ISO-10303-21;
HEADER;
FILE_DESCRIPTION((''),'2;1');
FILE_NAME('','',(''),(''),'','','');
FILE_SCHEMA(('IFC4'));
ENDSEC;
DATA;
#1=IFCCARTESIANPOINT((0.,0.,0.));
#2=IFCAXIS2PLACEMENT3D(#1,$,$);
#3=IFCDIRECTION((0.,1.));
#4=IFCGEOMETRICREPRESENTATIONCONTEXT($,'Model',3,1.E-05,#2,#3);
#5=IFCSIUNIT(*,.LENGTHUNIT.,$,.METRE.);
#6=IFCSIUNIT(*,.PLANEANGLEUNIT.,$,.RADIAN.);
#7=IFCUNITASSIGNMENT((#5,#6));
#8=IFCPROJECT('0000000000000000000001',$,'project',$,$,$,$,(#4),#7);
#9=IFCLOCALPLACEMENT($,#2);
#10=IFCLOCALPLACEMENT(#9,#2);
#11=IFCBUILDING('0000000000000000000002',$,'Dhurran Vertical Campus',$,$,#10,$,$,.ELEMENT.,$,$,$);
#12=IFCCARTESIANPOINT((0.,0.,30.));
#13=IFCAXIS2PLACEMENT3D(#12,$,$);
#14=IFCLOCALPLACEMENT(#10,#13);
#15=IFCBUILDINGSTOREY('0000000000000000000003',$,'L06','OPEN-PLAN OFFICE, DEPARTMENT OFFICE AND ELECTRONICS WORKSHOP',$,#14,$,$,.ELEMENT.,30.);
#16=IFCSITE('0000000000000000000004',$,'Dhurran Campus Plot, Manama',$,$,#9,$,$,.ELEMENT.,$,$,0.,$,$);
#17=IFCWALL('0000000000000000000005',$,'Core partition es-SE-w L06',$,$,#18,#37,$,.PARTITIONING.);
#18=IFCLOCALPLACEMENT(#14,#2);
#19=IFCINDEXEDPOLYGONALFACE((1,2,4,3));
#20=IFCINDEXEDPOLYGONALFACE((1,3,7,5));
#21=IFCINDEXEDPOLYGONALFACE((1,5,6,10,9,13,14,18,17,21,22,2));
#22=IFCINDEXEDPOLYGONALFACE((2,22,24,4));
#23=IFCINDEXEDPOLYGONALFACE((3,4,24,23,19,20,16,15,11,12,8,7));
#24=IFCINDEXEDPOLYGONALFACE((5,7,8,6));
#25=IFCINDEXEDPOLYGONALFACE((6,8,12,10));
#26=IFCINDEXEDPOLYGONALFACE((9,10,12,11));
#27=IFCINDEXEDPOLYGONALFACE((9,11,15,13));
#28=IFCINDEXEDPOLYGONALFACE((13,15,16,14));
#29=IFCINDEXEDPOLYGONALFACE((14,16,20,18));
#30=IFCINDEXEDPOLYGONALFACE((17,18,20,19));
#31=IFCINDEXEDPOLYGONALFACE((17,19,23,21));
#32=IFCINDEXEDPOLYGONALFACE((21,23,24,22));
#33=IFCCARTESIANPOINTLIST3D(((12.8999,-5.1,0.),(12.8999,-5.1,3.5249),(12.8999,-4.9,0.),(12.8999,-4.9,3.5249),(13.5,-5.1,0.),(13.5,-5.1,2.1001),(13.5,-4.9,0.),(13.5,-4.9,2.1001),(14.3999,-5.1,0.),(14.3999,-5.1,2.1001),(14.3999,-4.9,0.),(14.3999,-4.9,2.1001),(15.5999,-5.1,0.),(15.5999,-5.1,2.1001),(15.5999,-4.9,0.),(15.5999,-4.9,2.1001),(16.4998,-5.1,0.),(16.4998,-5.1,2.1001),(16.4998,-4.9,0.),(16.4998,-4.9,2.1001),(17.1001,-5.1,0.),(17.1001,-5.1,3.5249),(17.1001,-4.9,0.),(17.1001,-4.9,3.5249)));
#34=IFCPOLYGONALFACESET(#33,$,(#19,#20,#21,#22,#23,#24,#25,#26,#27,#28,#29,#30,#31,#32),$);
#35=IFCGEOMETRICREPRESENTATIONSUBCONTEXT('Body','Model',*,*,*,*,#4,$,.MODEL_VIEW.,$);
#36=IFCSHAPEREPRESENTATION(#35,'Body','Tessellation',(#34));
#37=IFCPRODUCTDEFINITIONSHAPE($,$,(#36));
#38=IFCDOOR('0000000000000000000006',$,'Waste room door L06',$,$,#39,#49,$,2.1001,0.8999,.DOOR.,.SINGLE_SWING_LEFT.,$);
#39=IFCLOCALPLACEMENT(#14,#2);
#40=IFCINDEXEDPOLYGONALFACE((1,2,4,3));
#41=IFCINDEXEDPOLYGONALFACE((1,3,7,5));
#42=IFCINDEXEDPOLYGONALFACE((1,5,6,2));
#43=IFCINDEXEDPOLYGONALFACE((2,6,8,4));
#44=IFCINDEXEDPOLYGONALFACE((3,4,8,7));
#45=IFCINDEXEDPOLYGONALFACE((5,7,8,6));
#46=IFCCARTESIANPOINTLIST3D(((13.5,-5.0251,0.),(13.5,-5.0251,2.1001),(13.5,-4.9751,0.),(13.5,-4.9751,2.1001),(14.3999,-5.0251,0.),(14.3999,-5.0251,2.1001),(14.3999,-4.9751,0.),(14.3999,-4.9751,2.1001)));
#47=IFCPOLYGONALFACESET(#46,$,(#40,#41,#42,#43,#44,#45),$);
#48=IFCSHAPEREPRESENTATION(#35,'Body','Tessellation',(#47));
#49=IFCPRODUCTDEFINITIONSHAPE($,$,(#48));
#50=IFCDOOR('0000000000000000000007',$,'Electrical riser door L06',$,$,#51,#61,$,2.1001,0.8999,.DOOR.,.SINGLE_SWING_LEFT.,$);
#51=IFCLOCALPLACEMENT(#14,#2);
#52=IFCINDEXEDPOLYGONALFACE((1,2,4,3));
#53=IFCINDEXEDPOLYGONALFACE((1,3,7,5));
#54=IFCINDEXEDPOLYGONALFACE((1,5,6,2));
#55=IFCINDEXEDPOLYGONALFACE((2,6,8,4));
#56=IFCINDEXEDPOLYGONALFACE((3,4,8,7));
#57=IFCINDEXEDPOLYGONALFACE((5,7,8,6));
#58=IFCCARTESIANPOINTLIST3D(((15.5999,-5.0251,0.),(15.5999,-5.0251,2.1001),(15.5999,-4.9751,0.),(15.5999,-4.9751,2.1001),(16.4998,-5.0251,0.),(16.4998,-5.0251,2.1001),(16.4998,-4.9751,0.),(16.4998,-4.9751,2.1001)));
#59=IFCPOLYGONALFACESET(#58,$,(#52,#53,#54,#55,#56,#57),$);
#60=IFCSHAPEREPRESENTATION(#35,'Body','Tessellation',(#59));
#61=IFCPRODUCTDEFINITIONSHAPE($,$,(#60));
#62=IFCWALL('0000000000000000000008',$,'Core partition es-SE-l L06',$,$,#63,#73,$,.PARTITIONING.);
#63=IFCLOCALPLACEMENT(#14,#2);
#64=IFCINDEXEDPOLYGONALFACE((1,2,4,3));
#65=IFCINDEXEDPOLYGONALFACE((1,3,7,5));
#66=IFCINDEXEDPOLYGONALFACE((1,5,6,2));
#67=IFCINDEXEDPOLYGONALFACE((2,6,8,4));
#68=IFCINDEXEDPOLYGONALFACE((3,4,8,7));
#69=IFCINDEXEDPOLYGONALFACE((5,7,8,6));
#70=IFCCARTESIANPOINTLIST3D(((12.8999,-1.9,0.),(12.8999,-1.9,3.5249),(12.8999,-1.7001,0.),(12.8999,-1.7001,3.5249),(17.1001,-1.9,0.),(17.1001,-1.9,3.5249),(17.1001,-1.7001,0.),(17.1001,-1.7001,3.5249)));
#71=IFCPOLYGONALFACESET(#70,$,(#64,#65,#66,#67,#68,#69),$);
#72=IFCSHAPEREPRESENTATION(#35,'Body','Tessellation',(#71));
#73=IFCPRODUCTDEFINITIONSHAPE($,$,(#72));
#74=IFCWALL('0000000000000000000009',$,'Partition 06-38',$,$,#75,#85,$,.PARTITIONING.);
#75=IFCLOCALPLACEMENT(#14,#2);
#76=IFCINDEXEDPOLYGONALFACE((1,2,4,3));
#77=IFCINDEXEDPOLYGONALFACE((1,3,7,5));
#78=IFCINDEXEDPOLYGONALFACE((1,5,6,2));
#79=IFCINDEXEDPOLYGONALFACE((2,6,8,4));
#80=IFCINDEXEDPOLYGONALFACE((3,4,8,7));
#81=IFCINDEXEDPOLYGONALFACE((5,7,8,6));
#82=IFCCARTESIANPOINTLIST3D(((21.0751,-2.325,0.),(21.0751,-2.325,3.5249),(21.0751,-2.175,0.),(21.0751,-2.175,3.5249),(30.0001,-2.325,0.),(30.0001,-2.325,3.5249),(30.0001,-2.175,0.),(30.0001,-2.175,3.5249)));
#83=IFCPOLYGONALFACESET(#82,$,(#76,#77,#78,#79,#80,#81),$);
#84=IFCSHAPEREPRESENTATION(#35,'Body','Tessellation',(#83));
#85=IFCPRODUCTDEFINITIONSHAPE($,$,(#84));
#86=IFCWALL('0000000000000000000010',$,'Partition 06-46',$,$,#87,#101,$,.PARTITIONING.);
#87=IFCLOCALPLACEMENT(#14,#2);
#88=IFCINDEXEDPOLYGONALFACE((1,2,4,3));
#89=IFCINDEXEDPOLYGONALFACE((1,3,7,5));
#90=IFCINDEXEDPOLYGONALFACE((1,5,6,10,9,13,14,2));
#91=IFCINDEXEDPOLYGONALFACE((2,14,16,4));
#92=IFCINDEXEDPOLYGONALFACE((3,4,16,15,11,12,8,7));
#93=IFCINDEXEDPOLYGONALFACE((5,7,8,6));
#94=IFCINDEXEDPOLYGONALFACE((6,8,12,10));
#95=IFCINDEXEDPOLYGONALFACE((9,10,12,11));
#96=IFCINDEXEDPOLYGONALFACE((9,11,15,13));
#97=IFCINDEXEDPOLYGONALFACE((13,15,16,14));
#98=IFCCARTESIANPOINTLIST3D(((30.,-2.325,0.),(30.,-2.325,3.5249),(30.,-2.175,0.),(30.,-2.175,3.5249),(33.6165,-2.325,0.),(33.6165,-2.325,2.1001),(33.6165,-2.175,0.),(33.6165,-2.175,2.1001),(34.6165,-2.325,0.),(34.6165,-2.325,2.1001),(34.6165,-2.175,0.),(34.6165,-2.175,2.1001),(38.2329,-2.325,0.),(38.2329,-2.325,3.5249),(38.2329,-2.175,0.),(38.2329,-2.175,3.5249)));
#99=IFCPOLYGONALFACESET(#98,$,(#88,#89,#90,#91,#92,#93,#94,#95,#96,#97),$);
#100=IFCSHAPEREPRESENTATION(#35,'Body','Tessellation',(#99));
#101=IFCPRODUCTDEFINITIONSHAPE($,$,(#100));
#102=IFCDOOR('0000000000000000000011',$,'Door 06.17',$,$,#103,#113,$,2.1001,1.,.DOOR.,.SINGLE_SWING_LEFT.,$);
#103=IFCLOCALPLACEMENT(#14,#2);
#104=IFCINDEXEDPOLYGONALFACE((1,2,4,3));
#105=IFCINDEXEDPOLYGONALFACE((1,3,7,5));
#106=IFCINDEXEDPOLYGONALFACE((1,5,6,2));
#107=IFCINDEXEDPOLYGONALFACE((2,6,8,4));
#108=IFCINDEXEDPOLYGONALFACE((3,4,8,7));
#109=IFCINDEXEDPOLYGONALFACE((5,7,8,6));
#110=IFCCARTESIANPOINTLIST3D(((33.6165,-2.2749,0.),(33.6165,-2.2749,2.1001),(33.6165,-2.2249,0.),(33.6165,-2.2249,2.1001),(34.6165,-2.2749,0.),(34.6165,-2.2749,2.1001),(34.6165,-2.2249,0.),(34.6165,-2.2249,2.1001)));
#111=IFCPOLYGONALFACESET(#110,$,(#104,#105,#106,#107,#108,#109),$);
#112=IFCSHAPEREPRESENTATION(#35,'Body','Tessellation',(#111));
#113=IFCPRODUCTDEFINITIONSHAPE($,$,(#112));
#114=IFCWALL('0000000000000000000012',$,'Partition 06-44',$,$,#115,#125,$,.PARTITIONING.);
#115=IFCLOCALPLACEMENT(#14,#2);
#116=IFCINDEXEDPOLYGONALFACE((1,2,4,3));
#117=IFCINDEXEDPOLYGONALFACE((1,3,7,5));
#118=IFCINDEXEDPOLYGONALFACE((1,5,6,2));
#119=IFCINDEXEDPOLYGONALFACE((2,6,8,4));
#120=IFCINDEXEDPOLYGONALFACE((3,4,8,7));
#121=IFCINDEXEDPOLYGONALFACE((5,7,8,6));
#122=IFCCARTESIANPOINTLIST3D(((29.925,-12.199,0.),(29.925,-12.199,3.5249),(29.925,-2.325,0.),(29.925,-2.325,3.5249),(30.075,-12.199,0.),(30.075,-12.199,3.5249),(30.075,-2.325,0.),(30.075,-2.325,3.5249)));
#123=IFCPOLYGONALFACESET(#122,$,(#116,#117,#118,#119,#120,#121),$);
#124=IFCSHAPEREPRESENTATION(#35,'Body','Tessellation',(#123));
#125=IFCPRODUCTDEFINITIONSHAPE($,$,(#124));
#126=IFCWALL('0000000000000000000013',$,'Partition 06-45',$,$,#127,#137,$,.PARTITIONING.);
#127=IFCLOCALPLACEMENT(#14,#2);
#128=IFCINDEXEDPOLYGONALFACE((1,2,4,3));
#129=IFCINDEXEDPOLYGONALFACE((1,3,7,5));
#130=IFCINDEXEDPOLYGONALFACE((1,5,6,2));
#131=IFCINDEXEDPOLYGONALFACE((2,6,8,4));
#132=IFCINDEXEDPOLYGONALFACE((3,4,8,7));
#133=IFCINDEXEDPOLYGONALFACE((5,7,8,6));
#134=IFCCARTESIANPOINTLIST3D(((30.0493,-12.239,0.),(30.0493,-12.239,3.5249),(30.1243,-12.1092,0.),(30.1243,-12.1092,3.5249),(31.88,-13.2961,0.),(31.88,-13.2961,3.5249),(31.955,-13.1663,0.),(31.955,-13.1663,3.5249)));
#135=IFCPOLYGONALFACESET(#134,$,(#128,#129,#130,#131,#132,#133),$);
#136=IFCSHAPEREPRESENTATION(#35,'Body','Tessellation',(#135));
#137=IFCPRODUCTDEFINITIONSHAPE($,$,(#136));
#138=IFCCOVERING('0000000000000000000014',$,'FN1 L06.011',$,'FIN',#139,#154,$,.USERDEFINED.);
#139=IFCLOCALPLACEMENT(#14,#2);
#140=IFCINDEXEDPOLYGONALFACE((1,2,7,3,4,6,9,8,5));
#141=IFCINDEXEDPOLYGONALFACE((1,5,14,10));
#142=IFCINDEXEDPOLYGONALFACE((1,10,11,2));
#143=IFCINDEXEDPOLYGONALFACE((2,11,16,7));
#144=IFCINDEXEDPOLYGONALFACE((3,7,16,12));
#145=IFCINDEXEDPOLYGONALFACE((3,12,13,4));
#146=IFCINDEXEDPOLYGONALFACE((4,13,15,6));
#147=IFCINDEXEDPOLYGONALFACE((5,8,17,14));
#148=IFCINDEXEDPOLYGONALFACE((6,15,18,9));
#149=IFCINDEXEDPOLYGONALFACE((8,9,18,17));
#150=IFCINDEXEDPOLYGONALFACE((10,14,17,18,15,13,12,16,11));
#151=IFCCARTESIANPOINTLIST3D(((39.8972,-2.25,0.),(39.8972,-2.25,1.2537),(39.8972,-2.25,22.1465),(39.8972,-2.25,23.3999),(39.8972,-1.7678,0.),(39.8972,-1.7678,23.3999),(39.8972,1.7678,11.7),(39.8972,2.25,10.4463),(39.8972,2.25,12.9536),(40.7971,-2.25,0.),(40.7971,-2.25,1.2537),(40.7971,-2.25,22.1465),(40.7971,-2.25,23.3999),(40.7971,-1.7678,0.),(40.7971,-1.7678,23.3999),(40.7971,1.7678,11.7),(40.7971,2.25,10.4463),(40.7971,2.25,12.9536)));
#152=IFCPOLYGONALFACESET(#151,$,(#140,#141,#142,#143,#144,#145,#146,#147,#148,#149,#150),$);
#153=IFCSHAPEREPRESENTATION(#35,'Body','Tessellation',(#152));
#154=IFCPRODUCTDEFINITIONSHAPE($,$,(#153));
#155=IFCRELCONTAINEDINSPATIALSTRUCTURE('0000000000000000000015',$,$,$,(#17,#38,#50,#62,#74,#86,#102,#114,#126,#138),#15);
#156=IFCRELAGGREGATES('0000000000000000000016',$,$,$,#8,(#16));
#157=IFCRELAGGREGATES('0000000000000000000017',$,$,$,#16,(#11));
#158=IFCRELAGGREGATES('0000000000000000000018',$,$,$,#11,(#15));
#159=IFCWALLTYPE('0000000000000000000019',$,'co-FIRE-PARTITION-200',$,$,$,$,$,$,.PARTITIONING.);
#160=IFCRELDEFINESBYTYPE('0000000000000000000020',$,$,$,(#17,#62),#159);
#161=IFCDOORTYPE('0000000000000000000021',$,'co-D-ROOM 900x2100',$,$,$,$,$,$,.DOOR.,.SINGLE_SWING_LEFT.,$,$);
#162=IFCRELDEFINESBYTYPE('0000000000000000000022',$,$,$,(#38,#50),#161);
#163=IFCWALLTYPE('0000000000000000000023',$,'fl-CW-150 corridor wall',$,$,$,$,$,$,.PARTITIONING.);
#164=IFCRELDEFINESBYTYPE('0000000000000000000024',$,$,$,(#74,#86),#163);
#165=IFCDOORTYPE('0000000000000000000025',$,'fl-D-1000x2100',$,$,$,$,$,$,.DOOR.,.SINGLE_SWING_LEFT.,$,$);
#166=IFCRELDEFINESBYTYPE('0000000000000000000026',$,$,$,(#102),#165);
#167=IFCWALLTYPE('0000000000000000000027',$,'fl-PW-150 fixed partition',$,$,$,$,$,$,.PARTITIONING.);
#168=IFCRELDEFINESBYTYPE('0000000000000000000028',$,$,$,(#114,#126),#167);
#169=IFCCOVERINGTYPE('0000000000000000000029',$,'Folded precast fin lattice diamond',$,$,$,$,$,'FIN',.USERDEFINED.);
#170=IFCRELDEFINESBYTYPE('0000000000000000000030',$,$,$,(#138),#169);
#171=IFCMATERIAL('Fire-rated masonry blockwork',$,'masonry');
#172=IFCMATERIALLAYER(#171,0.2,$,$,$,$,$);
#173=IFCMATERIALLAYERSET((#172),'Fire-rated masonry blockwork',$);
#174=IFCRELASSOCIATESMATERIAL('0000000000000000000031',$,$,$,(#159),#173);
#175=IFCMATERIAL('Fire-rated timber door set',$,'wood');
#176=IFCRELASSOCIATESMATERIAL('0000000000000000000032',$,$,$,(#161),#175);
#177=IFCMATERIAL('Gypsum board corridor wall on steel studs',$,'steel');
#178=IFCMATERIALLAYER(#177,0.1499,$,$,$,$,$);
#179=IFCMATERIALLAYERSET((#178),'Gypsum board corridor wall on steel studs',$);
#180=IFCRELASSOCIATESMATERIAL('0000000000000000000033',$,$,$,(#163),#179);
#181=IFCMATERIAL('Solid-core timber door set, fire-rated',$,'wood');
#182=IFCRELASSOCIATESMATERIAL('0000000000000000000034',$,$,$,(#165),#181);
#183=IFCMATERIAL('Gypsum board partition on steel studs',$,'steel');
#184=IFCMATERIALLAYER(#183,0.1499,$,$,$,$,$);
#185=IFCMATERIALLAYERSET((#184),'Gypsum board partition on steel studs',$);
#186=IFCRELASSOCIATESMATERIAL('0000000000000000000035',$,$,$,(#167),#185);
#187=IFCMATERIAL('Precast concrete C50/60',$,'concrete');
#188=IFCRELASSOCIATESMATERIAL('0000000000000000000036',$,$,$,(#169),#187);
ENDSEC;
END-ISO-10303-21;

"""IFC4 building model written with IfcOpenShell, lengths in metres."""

from ifc_helpers import new_model, si_unit, direction, frame, frame_2d, origin, place, context, subcontext, project, spatial, polyline, rectangle, outline, extrude, material, layer, layer_set, type_object, element, fill, save


model = new_model("IFC4")

# Units and contexts
model_context = context("Model", 3, precision=1e-05, world=origin(), true_north=direction((0.0, 1.0)))
body_context = subcontext(model_context, "Body", "Model", "MODEL_VIEW")
ifc_project = project(units=[si_unit("LENGTHUNIT", "METRE"), si_unit("PLANEANGLEUNIT", "RADIAN")], contexts=[model_context])

# Site, building, storey
site_placement = place(None, origin())
site = spatial("IfcSite", under=ifc_project, at=site_placement, Name="Dhurran Campus Plot, Manama", CompositionType="ELEMENT", RefElevation=0.0)
building_placement = place(site_placement, origin())
building = spatial("IfcBuilding", under=site, at=building_placement, Name="Dhurran Vertical Campus", CompositionType="ELEMENT")
storey_placement = place(building_placement, frame((0.0, 0.0, 30.0)))
storey = spatial("IfcBuildingStorey", under=building, at=storey_placement, Name="L06", Description="OPEN-PLAN OFFICE, DEPARTMENT OFFICE AND ELECTRONICS WORKSHOP", CompositionType="ELEMENT", Elevation=30.0)

# Shared definitions
ifc_material_1 = material(Name="Fire-rated masonry blockwork", Category="masonry")
ifc_layer_1 = layer(ifc_material_1, 0.2)
ifc_layer_set_1 = layer_set([ifc_layer_1], Name="Fire-rated masonry blockwork")
wall_type_1 = type_object("IfcWallType", Name="co-FIRE-PARTITION-200", PredefinedType="PARTITIONING", material=ifc_layer_set_1)

# Wall, openings, doors
wall_1_placement = place(storey_placement, frame((12.8999, -5.0, 0.0), z_axis=(0.0, 0.0, 1.0), x_axis=(1.0, 0.0, 0.0)))
wall_1 = element("IfcWall", 1, at=wall_1_placement, inside=storey, type_object=wall_type_1, Name="Core partition es-SE-w L06", PredefinedType="PARTITIONING", context=body_context, shape_type="SweptSolid", body=[
    extrude(rectangle(XDim=4.2002, YDim=0.2, at=frame_2d((2.1001, 0.0))), origin(), (0.0, 0.0, 1.0), 3.5249),
])
opening_1_placement = place(wall_1_placement, frame((0.6001, 0.0, 0.0)))
opening_1 = element("IfcOpeningElement", 2, at=opening_1_placement, cuts=wall_1, PredefinedType="OPENING", context=body_context, shape_type="SweptSolid", body=[
    extrude(rectangle(XDim=0.8999, YDim=2.1001, at=frame_2d((0.45, 1.05))), frame((0.0, 0.1099, 0.0), z_axis=(0.0, -1.0, 0.0), x_axis=(1.0, 0.0, 0.0)), (0.0, 0.0, 1.0), 0.22),
])
opening_2_placement = place(wall_1_placement, frame((2.7, 0.0, 0.0)))
opening_2 = element("IfcOpeningElement", 3, at=opening_2_placement, cuts=wall_1, PredefinedType="OPENING", context=body_context, shape_type="SweptSolid", body=[
    extrude(rectangle(XDim=0.8999, YDim=2.1001, at=frame_2d((0.45, 1.05))), frame((0.0, 0.1099, 0.0), z_axis=(0.0, -1.0, 0.0), x_axis=(1.0, 0.0, 0.0)), (0.0, 0.0, 1.0), 0.22),
])
ifc_material_2 = material(Name="Fire-rated timber door set", Category="wood")
door_type_1 = type_object("IfcDoorType", Name="co-D-ROOM 900x2100", OperationType="SINGLE_SWING_LEFT", PredefinedType="DOOR", material=ifc_material_2)
door_1_placement = place(opening_1_placement, origin())
door_1 = element("IfcDoor", 4, at=door_1_placement, inside=storey, type_object=door_type_1, Name="Waste room door L06", OperationType="SINGLE_SWING_LEFT", OverallHeight=2.1001, OverallWidth=0.8999, PredefinedType="DOOR", context=body_context, shape_type="SweptSolid", body=[
    extrude(rectangle(XDim=0.8999, YDim=2.1001, at=frame_2d((0.45, 1.05))), frame((0.0, 0.0249, 0.0), z_axis=(0.0, -1.0, 0.0), x_axis=(1.0, 0.0, 0.0)), (0.0, 0.0, 1.0), 0.05),
])
fill(opening_1, door_1)
door_2_placement = place(opening_2_placement, origin())
door_2 = element("IfcDoor", 5, at=door_2_placement, inside=storey, type_object=door_type_1, Name="Electrical riser door L06", OperationType="SINGLE_SWING_LEFT", OverallHeight=2.1001, OverallWidth=0.8999, PredefinedType="DOOR", context=body_context, shape_type="SweptSolid", body=[
    extrude(rectangle(XDim=0.8999, YDim=2.1001, at=frame_2d((0.45, 1.05))), frame((0.0, 0.0249, 0.0), z_axis=(0.0, -1.0, 0.0), x_axis=(1.0, 0.0, 0.0)), (0.0, 0.0, 1.0), 0.05),
])
fill(opening_2, door_2)

# Walls
wall_2_placement = place(storey_placement, frame((12.8999, -1.8, 0.0), z_axis=(0.0, 0.0, 1.0), x_axis=(1.0, 0.0, 0.0)))
element("IfcWall", 6, at=wall_2_placement, inside=storey, type_object=wall_type_1, Name="Core partition es-SE-l L06", PredefinedType="PARTITIONING", context=body_context, shape_type="SweptSolid", body=[
    extrude(rectangle(XDim=4.2002, YDim=0.2, at=frame_2d((2.1001, 0.0))), origin(), (0.0, 0.0, 1.0), 3.5249),
])
ifc_material_3 = material(Name="Gypsum board corridor wall on steel studs", Category="steel")
ifc_layer_2 = layer(ifc_material_3, 0.1499)
ifc_layer_set_2 = layer_set([ifc_layer_2], Name="Gypsum board corridor wall on steel studs")
wall_type_2 = type_object("IfcWallType", Name="fl-CW-150 corridor wall", PredefinedType="PARTITIONING", material=ifc_layer_set_2)
wall_3_placement = place(storey_placement, frame((30.0, -2.25, 0.0), z_axis=(0.0, 0.0, 1.0), x_axis=(-1.0, 0.0, 0.0)))
element("IfcWall", 7, at=wall_3_placement, inside=storey, type_object=wall_type_2, Name="Partition 06-38", PredefinedType="PARTITIONING", context=body_context, shape_type="SweptSolid", body=[
    extrude(rectangle(XDim=8.925, YDim=0.1499, at=frame_2d((4.4624, 0.0))), origin(), (0.0, 0.0, 1.0), 3.5249),
])

# Wall, opening, door
wall_4_placement = place(storey_placement, frame((38.2329, -2.25, 0.0), z_axis=(0.0, 0.0, 1.0), x_axis=(-1.0, 0.0, 0.0)))
wall_4 = element("IfcWall", 8, at=wall_4_placement, inside=storey, type_object=wall_type_2, Name="Partition 06-46", PredefinedType="PARTITIONING", context=body_context, shape_type="SweptSolid", body=[
    extrude(rectangle(XDim=8.2329, YDim=0.1499, at=frame_2d((4.1165, 0.0))), origin(), (0.0, 0.0, 1.0), 3.5249),
])
opening_3_placement = place(wall_4_placement, frame((3.6165, 0.0, 0.0)))
opening_3 = element("IfcOpeningElement", 9, at=opening_3_placement, cuts=wall_4, PredefinedType="OPENING", context=body_context, shape_type="SweptSolid", body=[
    extrude(rectangle(XDim=1.0, YDim=2.1001, at=frame_2d((0.5, 1.05))), frame((0.0, 0.085, 0.0), z_axis=(0.0, -1.0, 0.0), x_axis=(1.0, 0.0, 0.0)), (0.0, 0.0, 1.0), 0.1699),
])
ifc_material_4 = material(Name="Solid-core timber door set, fire-rated", Category="wood")
door_type_2 = type_object("IfcDoorType", Name="fl-D-1000x2100", OperationType="SINGLE_SWING_LEFT", PredefinedType="DOOR", material=ifc_material_4)
door_3_placement = place(opening_3_placement, origin())
door_3 = element("IfcDoor", 10, at=door_3_placement, inside=storey, type_object=door_type_2, Name="Door 06.17", OperationType="SINGLE_SWING_LEFT", OverallHeight=2.1001, OverallWidth=1.0, PredefinedType="DOOR", context=body_context, shape_type="SweptSolid", body=[
    extrude(rectangle(XDim=1.0, YDim=2.1001, at=frame_2d((0.5, 1.05))), frame((0.0, 0.0249, 0.0), z_axis=(0.0, -1.0, 0.0), x_axis=(1.0, 0.0, 0.0)), (0.0, 0.0, 1.0), 0.05),
])
fill(opening_3, door_3)

# Walls
ifc_material_5 = material(Name="Gypsum board partition on steel studs", Category="steel")
ifc_layer_3 = layer(ifc_material_5, 0.1499)
ifc_layer_set_3 = layer_set([ifc_layer_3], Name="Gypsum board partition on steel studs")
wall_type_3 = type_object("IfcWallType", Name="fl-PW-150 fixed partition", PredefinedType="PARTITIONING", material=ifc_layer_set_3)
wall_5_placement = place(storey_placement, frame((30.0, -2.325, 0.0), z_axis=(0.0, 0.0, 1.0), x_axis=(0.0, -1.0, 0.0)))
element("IfcWall", 11, at=wall_5_placement, inside=storey, type_object=wall_type_3, Name="Partition 06-44", PredefinedType="PARTITIONING", context=body_context, shape_type="SweptSolid", body=[
    extrude(rectangle(XDim=9.874, YDim=0.1499, at=frame_2d((4.937, 0.0))), origin(), (0.0, 0.0, 1.0), 3.5249),
])
wall_6_placement = place(storey_placement, frame((30.0867, -12.1741, 0.0), z_axis=(0.0, 0.0, 1.0), x_axis=(0.866003, -0.500039, 0.0)))
element("IfcWall", 12, at=wall_6_placement, inside=storey, type_object=wall_type_3, Name="Partition 06-45", PredefinedType="PARTITIONING", context=body_context, shape_type="SweptSolid", body=[
    extrude(rectangle(XDim=2.114, YDim=0.1499, at=frame_2d((1.0571, 0.0))), origin(), (0.0, 0.0, 1.0), 3.5249),
])

# Covering
ifc_material_6 = material(Name="Precast concrete C50/60", Category="concrete")
covering_type = type_object("IfcCoveringType", Name="Folded precast fin lattice diamond", ElementType="FIN", PredefinedType="USERDEFINED", material=ifc_material_6)
covering_1_placement = place(storey_placement, frame((39.8972, -2.25, 0.0), z_axis=(1.0, 0.0, 0.0), x_axis=(0.0, 1.0, 0.0)))
element("IfcCovering", 13, at=covering_1_placement, inside=storey, type_object=covering_type, Name="FN1 L06.011", ObjectType="FIN", PredefinedType="USERDEFINED", context=body_context, shape_type="SweptSolid", body=[
    extrude(outline(polyline([(4.5, 10.4463), (0.4822, 0.0), (0.0, 0.0), (0.0, 1.2537), (4.0178, 11.7), (0.0, 22.1465), (0.0, 23.3999), (0.4822, 23.3999), (4.5, 12.9536), (4.5, 10.4463)])), origin(), (0.0, 0.0, 1.0), 0.8999),
])

save(model, "model.ifc")
